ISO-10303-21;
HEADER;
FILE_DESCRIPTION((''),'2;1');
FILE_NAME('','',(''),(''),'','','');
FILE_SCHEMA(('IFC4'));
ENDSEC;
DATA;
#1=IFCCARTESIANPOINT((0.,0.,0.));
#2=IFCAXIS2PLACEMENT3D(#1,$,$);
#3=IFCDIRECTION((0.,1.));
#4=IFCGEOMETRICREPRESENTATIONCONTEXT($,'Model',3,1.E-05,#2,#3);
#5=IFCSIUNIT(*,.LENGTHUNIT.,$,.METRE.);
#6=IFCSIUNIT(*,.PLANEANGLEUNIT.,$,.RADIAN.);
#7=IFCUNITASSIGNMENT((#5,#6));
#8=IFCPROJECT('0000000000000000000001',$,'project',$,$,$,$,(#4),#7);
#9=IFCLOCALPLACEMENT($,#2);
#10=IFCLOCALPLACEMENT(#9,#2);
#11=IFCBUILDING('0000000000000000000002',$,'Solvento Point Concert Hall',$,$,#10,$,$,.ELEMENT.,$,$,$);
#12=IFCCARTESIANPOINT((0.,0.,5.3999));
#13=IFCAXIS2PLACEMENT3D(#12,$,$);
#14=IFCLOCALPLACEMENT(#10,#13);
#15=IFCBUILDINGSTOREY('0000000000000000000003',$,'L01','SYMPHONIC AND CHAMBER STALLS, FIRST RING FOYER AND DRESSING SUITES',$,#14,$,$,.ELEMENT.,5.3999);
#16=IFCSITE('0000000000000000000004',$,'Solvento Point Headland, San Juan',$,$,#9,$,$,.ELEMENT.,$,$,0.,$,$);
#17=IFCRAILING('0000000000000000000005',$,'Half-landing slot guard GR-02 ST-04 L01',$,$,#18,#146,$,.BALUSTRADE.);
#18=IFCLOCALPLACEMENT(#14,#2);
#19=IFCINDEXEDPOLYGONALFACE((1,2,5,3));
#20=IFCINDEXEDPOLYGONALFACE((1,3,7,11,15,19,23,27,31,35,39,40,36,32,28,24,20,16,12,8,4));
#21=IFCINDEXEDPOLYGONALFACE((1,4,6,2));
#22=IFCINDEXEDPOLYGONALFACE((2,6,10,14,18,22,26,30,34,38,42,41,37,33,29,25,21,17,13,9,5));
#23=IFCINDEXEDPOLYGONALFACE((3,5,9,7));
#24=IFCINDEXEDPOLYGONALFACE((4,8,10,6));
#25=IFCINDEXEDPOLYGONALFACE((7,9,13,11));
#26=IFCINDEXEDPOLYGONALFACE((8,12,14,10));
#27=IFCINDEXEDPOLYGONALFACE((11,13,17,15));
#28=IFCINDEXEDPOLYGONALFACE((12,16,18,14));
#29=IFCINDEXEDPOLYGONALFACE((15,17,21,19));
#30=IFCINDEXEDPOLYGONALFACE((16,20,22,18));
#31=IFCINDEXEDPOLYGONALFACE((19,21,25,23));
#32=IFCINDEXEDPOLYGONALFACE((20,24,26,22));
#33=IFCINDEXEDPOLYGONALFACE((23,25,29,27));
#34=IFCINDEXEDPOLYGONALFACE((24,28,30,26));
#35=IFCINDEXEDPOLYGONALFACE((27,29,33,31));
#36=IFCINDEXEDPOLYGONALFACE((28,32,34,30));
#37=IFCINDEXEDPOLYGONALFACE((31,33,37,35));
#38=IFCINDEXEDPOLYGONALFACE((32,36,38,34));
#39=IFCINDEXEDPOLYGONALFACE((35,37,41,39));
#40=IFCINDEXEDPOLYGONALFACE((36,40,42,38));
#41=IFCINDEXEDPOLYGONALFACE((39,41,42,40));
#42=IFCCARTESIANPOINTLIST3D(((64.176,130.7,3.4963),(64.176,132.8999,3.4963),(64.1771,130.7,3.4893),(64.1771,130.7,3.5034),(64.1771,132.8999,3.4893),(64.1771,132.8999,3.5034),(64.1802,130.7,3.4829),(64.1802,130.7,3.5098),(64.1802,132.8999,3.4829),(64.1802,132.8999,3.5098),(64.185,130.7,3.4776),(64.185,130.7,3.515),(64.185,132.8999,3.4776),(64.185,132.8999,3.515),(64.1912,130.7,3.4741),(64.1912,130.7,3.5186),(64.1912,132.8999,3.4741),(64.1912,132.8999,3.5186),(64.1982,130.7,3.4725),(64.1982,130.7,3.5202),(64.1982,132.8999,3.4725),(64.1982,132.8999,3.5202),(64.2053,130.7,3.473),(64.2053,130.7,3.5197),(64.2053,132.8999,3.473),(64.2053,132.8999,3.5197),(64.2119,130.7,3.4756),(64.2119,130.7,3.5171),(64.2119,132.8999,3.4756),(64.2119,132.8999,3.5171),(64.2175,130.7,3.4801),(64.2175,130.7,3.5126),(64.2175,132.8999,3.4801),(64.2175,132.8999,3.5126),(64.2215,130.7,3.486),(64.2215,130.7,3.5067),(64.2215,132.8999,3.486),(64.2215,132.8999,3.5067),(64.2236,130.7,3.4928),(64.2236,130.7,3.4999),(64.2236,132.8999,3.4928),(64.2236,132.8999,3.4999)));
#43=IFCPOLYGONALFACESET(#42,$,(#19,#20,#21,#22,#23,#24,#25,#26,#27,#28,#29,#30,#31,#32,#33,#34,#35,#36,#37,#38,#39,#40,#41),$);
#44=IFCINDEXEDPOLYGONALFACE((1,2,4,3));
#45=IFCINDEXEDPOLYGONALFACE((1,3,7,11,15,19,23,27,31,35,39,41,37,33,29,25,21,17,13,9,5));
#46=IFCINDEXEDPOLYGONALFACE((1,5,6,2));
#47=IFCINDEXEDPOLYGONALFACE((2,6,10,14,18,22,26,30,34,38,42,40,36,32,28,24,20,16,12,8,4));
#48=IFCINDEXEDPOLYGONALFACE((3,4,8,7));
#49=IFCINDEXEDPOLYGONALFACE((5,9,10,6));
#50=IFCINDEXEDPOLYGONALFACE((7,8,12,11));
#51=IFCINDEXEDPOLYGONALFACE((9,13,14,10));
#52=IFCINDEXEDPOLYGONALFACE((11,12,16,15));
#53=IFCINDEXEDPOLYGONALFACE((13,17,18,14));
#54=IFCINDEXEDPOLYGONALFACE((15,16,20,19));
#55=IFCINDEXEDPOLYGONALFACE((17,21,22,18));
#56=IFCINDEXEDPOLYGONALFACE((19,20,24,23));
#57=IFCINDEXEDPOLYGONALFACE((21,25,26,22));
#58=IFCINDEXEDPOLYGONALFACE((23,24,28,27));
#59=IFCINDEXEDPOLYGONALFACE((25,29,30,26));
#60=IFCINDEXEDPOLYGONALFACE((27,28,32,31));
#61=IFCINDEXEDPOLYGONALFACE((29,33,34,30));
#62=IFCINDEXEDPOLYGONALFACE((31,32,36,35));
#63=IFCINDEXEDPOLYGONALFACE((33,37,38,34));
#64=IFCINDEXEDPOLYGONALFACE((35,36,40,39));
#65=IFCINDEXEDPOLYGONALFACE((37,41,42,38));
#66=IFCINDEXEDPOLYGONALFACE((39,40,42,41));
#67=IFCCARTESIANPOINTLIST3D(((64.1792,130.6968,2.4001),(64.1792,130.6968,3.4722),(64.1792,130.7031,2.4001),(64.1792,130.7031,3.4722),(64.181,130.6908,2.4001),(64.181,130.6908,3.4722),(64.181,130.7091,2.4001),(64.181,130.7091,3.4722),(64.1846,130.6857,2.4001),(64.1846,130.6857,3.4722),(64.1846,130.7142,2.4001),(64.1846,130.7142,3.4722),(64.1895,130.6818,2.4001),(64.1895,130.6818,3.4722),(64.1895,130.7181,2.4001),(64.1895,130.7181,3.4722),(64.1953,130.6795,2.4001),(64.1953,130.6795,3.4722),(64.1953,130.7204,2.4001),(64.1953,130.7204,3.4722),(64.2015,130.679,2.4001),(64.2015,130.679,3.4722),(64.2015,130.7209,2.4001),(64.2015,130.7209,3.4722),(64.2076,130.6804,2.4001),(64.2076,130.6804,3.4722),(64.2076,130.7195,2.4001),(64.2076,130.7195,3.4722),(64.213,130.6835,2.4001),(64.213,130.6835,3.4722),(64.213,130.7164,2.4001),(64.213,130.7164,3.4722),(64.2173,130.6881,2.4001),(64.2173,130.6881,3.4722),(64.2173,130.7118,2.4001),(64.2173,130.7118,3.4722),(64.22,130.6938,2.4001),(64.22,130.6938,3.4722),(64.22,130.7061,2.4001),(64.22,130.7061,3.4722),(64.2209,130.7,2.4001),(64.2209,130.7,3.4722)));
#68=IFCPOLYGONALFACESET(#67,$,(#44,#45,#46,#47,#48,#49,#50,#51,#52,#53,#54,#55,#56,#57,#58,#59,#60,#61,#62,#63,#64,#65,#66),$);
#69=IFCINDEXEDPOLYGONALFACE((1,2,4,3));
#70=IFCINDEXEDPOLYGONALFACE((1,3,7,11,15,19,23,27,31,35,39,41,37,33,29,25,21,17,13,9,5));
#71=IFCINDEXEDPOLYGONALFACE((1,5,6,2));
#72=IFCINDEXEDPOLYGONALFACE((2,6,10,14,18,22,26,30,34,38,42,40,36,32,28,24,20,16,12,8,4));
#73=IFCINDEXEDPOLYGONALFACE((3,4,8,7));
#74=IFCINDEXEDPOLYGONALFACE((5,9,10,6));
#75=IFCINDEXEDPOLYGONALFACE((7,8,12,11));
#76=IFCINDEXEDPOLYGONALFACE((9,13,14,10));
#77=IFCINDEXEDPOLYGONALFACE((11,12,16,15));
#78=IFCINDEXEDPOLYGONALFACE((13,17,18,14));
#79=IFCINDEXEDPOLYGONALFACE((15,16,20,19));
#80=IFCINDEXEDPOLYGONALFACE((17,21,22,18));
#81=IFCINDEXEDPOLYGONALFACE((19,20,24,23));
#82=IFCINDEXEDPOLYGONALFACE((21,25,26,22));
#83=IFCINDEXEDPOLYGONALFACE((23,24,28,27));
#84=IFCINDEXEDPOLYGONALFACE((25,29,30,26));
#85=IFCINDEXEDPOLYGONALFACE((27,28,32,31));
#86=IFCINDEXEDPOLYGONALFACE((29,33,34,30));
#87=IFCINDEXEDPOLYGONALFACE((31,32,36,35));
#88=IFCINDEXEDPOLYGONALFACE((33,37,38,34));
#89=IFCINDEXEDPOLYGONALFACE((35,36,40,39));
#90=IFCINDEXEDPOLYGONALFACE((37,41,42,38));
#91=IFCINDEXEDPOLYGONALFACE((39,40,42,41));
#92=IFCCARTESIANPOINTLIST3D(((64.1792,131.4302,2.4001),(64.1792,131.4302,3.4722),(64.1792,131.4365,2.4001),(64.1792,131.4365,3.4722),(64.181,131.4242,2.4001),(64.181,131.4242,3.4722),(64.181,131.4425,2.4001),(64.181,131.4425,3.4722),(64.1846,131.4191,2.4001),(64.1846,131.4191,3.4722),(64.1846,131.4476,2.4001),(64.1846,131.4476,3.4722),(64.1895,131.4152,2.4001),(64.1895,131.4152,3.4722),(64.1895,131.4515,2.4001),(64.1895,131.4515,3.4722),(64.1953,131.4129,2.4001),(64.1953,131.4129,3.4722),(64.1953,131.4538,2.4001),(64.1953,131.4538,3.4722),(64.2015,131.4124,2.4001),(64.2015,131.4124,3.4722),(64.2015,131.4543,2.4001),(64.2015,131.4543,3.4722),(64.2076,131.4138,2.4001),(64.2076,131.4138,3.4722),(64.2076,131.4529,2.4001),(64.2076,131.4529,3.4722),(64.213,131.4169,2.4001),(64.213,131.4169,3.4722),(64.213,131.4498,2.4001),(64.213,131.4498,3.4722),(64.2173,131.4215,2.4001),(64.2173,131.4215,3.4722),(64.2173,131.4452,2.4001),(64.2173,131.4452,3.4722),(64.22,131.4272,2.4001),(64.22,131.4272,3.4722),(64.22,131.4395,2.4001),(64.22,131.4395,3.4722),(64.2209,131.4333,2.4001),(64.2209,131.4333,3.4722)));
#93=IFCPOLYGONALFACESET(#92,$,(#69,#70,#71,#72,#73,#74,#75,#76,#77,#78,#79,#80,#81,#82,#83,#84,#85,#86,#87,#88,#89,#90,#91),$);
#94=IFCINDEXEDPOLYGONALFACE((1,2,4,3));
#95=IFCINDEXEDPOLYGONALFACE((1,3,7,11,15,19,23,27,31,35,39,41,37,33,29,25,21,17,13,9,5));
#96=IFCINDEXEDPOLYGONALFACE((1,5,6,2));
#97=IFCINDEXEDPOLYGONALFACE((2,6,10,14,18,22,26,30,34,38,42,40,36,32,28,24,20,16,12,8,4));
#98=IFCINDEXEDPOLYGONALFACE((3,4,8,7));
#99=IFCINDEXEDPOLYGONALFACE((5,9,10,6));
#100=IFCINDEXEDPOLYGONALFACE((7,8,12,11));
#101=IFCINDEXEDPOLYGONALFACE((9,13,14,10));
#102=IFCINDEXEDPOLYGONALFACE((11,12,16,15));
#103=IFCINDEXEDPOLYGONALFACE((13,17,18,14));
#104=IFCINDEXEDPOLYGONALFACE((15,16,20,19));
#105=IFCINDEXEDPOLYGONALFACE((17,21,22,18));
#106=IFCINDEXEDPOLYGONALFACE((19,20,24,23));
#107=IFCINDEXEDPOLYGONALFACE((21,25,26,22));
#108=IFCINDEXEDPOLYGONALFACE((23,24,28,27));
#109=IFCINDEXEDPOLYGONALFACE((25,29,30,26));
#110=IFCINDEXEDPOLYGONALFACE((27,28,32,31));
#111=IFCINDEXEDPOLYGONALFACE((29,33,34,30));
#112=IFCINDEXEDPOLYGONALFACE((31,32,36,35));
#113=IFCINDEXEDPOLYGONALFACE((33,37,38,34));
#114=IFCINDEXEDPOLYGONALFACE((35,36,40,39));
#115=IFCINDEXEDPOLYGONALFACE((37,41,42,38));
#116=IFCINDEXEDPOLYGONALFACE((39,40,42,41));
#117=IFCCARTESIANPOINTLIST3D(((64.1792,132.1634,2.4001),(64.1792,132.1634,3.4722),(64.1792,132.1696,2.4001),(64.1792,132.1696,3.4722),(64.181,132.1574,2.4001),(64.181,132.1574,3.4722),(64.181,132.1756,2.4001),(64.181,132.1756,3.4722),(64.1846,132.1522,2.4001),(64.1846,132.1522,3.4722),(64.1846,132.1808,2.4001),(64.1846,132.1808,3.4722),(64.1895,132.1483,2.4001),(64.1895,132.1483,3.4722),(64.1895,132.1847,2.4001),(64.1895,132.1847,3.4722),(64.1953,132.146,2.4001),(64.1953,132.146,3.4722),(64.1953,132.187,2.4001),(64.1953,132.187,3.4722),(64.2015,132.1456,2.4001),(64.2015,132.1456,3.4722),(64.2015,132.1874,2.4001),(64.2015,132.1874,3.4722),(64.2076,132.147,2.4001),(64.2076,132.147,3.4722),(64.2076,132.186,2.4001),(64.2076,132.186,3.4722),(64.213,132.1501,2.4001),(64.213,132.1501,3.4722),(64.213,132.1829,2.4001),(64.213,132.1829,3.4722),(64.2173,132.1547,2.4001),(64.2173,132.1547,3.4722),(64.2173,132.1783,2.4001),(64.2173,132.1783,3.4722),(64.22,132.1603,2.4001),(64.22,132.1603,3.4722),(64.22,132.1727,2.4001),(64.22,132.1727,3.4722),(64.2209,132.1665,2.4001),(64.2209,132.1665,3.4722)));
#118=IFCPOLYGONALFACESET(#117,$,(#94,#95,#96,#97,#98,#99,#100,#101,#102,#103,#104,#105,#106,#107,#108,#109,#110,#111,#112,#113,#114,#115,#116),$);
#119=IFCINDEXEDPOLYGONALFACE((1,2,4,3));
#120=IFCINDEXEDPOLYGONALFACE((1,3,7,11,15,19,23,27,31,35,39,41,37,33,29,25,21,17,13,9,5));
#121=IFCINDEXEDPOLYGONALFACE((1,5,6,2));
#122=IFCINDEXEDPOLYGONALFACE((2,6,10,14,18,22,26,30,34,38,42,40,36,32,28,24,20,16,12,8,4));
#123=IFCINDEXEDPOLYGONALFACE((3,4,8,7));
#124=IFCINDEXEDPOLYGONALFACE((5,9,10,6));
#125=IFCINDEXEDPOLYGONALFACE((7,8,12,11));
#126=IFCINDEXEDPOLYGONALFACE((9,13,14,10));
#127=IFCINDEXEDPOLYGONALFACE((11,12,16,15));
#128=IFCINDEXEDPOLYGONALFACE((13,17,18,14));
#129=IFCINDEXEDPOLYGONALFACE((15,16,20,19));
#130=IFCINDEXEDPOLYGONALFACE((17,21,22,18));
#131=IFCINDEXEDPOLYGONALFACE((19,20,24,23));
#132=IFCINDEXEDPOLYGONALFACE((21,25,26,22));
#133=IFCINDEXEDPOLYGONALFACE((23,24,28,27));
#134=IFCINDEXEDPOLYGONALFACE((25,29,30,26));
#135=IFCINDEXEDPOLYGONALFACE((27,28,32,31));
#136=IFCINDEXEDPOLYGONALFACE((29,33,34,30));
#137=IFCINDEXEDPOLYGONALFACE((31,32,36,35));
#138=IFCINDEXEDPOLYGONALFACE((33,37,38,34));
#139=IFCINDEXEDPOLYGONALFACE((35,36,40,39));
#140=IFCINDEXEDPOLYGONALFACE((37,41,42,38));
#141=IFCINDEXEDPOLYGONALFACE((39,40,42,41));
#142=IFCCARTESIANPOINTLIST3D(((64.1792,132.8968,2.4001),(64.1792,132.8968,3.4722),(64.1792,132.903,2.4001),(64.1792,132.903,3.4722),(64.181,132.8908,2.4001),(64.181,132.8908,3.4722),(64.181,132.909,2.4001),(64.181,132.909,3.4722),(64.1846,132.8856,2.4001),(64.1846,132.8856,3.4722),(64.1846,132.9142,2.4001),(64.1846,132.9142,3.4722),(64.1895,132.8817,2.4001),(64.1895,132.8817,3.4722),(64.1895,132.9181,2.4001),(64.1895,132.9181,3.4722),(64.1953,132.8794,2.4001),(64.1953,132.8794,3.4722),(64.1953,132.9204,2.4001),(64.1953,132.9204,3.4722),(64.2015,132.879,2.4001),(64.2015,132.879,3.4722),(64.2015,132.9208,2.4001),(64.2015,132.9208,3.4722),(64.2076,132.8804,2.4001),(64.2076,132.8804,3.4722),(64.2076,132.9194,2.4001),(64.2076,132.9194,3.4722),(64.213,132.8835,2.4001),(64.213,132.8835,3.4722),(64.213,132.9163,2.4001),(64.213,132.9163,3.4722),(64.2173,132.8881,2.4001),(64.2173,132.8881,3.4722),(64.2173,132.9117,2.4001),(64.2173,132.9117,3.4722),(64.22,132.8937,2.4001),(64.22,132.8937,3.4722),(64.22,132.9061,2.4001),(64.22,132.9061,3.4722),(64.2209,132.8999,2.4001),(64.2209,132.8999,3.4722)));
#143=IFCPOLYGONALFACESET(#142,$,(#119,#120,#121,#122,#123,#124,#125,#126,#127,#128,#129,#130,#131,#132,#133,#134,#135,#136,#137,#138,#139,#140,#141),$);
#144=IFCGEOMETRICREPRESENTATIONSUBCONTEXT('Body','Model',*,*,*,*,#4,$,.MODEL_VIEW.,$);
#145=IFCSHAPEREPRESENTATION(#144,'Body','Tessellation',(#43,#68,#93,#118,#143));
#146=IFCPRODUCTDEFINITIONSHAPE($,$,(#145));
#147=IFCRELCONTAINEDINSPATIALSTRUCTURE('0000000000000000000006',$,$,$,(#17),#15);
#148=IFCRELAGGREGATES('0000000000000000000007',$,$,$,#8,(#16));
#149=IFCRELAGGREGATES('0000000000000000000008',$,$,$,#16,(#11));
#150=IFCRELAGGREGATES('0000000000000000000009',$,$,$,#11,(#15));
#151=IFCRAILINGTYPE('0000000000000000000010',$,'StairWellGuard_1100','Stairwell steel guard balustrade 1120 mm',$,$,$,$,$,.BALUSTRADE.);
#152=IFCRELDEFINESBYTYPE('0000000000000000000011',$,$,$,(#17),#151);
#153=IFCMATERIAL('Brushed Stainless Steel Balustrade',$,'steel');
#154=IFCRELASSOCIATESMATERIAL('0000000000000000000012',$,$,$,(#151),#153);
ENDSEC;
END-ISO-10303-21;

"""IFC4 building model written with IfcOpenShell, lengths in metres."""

from ifc_helpers import new_model, si_unit, direction, frame, origin, origin_2d, place, context, subcontext, project, spatial, circle, extrude, material, type_object, element, save


model = new_model("IFC4")

# Units and contexts
model_context = context("Model", 3, precision=1e-05, world=origin(), true_north=direction((0.0, 1.0)))
body_context = subcontext(model_context, "Body", "Model", "MODEL_VIEW")
ifc_project = project(units=[si_unit("LENGTHUNIT", "METRE"), si_unit("PLANEANGLEUNIT", "RADIAN")], contexts=[model_context])

# Site, building, storey
site_placement = place(None, origin())
site = spatial("IfcSite", under=ifc_project, at=site_placement, Name="Solvento Point Headland, San Juan", CompositionType="ELEMENT", RefElevation=0.0)
building_placement = place(site_placement, origin())
building = spatial("IfcBuilding", under=site, at=building_placement, Name="Solvento Point Concert Hall", CompositionType="ELEMENT")
storey_placement = place(building_placement, frame((0.0, 0.0, 5.3999)))
storey = spatial("IfcBuildingStorey", under=building, at=storey_placement, Name="L01", Description="SYMPHONIC AND CHAMBER STALLS, FIRST RING FOYER AND DRESSING SUITES", CompositionType="ELEMENT", Elevation=5.3999)

# Railing
ifc_material_1 = material(Name="Brushed Stainless Steel Balustrade", Category="steel")
railing_type_1 = type_object("IfcRailingType", Name="StairWellGuard_1100", Description="Stairwell steel guard balustrade 1120 mm", PredefinedType="BALUSTRADE", material=ifc_material_1)
railing_1_placement = place(storey_placement, frame((64.2, 130.7, 2.4001)))
element("IfcRailing", 1, at=railing_1_placement, inside=storey, type_object=railing_type_1, Name="Half-landing slot guard GR-02 ST-04 L01", PredefinedType="BALUSTRADE", context=body_context, shape_type="SweptSolid", body=[
    extrude(circle(Radius=0.0239, at=origin_2d()), frame((0.0, 0.0, 1.0962), z_axis=(0.0, 1.0, 0.0), x_axis=(-1.0, 0.0, 0.0)), (0.0, 0.0, 1.0), 2.2),
    extrude(circle(Radius=0.021, at=origin_2d()), origin(), (0.0, 0.0, 1.0), 1.072),
    extrude(circle(Radius=0.021, at=origin_2d()), frame((0.0, 0.7334, 0.0)), (0.0, 0.0, 1.0), 1.072),
    extrude(circle(Radius=0.021, at=origin_2d()), frame((0.0, 1.4666, 0.0)), (0.0, 0.0, 1.0), 1.072),
    extrude(circle(Radius=0.021, at=origin_2d()), frame((0.0, 2.2, 0.0)), (0.0, 0.0, 1.0), 1.072),
])

save(model, "model.ifc")
